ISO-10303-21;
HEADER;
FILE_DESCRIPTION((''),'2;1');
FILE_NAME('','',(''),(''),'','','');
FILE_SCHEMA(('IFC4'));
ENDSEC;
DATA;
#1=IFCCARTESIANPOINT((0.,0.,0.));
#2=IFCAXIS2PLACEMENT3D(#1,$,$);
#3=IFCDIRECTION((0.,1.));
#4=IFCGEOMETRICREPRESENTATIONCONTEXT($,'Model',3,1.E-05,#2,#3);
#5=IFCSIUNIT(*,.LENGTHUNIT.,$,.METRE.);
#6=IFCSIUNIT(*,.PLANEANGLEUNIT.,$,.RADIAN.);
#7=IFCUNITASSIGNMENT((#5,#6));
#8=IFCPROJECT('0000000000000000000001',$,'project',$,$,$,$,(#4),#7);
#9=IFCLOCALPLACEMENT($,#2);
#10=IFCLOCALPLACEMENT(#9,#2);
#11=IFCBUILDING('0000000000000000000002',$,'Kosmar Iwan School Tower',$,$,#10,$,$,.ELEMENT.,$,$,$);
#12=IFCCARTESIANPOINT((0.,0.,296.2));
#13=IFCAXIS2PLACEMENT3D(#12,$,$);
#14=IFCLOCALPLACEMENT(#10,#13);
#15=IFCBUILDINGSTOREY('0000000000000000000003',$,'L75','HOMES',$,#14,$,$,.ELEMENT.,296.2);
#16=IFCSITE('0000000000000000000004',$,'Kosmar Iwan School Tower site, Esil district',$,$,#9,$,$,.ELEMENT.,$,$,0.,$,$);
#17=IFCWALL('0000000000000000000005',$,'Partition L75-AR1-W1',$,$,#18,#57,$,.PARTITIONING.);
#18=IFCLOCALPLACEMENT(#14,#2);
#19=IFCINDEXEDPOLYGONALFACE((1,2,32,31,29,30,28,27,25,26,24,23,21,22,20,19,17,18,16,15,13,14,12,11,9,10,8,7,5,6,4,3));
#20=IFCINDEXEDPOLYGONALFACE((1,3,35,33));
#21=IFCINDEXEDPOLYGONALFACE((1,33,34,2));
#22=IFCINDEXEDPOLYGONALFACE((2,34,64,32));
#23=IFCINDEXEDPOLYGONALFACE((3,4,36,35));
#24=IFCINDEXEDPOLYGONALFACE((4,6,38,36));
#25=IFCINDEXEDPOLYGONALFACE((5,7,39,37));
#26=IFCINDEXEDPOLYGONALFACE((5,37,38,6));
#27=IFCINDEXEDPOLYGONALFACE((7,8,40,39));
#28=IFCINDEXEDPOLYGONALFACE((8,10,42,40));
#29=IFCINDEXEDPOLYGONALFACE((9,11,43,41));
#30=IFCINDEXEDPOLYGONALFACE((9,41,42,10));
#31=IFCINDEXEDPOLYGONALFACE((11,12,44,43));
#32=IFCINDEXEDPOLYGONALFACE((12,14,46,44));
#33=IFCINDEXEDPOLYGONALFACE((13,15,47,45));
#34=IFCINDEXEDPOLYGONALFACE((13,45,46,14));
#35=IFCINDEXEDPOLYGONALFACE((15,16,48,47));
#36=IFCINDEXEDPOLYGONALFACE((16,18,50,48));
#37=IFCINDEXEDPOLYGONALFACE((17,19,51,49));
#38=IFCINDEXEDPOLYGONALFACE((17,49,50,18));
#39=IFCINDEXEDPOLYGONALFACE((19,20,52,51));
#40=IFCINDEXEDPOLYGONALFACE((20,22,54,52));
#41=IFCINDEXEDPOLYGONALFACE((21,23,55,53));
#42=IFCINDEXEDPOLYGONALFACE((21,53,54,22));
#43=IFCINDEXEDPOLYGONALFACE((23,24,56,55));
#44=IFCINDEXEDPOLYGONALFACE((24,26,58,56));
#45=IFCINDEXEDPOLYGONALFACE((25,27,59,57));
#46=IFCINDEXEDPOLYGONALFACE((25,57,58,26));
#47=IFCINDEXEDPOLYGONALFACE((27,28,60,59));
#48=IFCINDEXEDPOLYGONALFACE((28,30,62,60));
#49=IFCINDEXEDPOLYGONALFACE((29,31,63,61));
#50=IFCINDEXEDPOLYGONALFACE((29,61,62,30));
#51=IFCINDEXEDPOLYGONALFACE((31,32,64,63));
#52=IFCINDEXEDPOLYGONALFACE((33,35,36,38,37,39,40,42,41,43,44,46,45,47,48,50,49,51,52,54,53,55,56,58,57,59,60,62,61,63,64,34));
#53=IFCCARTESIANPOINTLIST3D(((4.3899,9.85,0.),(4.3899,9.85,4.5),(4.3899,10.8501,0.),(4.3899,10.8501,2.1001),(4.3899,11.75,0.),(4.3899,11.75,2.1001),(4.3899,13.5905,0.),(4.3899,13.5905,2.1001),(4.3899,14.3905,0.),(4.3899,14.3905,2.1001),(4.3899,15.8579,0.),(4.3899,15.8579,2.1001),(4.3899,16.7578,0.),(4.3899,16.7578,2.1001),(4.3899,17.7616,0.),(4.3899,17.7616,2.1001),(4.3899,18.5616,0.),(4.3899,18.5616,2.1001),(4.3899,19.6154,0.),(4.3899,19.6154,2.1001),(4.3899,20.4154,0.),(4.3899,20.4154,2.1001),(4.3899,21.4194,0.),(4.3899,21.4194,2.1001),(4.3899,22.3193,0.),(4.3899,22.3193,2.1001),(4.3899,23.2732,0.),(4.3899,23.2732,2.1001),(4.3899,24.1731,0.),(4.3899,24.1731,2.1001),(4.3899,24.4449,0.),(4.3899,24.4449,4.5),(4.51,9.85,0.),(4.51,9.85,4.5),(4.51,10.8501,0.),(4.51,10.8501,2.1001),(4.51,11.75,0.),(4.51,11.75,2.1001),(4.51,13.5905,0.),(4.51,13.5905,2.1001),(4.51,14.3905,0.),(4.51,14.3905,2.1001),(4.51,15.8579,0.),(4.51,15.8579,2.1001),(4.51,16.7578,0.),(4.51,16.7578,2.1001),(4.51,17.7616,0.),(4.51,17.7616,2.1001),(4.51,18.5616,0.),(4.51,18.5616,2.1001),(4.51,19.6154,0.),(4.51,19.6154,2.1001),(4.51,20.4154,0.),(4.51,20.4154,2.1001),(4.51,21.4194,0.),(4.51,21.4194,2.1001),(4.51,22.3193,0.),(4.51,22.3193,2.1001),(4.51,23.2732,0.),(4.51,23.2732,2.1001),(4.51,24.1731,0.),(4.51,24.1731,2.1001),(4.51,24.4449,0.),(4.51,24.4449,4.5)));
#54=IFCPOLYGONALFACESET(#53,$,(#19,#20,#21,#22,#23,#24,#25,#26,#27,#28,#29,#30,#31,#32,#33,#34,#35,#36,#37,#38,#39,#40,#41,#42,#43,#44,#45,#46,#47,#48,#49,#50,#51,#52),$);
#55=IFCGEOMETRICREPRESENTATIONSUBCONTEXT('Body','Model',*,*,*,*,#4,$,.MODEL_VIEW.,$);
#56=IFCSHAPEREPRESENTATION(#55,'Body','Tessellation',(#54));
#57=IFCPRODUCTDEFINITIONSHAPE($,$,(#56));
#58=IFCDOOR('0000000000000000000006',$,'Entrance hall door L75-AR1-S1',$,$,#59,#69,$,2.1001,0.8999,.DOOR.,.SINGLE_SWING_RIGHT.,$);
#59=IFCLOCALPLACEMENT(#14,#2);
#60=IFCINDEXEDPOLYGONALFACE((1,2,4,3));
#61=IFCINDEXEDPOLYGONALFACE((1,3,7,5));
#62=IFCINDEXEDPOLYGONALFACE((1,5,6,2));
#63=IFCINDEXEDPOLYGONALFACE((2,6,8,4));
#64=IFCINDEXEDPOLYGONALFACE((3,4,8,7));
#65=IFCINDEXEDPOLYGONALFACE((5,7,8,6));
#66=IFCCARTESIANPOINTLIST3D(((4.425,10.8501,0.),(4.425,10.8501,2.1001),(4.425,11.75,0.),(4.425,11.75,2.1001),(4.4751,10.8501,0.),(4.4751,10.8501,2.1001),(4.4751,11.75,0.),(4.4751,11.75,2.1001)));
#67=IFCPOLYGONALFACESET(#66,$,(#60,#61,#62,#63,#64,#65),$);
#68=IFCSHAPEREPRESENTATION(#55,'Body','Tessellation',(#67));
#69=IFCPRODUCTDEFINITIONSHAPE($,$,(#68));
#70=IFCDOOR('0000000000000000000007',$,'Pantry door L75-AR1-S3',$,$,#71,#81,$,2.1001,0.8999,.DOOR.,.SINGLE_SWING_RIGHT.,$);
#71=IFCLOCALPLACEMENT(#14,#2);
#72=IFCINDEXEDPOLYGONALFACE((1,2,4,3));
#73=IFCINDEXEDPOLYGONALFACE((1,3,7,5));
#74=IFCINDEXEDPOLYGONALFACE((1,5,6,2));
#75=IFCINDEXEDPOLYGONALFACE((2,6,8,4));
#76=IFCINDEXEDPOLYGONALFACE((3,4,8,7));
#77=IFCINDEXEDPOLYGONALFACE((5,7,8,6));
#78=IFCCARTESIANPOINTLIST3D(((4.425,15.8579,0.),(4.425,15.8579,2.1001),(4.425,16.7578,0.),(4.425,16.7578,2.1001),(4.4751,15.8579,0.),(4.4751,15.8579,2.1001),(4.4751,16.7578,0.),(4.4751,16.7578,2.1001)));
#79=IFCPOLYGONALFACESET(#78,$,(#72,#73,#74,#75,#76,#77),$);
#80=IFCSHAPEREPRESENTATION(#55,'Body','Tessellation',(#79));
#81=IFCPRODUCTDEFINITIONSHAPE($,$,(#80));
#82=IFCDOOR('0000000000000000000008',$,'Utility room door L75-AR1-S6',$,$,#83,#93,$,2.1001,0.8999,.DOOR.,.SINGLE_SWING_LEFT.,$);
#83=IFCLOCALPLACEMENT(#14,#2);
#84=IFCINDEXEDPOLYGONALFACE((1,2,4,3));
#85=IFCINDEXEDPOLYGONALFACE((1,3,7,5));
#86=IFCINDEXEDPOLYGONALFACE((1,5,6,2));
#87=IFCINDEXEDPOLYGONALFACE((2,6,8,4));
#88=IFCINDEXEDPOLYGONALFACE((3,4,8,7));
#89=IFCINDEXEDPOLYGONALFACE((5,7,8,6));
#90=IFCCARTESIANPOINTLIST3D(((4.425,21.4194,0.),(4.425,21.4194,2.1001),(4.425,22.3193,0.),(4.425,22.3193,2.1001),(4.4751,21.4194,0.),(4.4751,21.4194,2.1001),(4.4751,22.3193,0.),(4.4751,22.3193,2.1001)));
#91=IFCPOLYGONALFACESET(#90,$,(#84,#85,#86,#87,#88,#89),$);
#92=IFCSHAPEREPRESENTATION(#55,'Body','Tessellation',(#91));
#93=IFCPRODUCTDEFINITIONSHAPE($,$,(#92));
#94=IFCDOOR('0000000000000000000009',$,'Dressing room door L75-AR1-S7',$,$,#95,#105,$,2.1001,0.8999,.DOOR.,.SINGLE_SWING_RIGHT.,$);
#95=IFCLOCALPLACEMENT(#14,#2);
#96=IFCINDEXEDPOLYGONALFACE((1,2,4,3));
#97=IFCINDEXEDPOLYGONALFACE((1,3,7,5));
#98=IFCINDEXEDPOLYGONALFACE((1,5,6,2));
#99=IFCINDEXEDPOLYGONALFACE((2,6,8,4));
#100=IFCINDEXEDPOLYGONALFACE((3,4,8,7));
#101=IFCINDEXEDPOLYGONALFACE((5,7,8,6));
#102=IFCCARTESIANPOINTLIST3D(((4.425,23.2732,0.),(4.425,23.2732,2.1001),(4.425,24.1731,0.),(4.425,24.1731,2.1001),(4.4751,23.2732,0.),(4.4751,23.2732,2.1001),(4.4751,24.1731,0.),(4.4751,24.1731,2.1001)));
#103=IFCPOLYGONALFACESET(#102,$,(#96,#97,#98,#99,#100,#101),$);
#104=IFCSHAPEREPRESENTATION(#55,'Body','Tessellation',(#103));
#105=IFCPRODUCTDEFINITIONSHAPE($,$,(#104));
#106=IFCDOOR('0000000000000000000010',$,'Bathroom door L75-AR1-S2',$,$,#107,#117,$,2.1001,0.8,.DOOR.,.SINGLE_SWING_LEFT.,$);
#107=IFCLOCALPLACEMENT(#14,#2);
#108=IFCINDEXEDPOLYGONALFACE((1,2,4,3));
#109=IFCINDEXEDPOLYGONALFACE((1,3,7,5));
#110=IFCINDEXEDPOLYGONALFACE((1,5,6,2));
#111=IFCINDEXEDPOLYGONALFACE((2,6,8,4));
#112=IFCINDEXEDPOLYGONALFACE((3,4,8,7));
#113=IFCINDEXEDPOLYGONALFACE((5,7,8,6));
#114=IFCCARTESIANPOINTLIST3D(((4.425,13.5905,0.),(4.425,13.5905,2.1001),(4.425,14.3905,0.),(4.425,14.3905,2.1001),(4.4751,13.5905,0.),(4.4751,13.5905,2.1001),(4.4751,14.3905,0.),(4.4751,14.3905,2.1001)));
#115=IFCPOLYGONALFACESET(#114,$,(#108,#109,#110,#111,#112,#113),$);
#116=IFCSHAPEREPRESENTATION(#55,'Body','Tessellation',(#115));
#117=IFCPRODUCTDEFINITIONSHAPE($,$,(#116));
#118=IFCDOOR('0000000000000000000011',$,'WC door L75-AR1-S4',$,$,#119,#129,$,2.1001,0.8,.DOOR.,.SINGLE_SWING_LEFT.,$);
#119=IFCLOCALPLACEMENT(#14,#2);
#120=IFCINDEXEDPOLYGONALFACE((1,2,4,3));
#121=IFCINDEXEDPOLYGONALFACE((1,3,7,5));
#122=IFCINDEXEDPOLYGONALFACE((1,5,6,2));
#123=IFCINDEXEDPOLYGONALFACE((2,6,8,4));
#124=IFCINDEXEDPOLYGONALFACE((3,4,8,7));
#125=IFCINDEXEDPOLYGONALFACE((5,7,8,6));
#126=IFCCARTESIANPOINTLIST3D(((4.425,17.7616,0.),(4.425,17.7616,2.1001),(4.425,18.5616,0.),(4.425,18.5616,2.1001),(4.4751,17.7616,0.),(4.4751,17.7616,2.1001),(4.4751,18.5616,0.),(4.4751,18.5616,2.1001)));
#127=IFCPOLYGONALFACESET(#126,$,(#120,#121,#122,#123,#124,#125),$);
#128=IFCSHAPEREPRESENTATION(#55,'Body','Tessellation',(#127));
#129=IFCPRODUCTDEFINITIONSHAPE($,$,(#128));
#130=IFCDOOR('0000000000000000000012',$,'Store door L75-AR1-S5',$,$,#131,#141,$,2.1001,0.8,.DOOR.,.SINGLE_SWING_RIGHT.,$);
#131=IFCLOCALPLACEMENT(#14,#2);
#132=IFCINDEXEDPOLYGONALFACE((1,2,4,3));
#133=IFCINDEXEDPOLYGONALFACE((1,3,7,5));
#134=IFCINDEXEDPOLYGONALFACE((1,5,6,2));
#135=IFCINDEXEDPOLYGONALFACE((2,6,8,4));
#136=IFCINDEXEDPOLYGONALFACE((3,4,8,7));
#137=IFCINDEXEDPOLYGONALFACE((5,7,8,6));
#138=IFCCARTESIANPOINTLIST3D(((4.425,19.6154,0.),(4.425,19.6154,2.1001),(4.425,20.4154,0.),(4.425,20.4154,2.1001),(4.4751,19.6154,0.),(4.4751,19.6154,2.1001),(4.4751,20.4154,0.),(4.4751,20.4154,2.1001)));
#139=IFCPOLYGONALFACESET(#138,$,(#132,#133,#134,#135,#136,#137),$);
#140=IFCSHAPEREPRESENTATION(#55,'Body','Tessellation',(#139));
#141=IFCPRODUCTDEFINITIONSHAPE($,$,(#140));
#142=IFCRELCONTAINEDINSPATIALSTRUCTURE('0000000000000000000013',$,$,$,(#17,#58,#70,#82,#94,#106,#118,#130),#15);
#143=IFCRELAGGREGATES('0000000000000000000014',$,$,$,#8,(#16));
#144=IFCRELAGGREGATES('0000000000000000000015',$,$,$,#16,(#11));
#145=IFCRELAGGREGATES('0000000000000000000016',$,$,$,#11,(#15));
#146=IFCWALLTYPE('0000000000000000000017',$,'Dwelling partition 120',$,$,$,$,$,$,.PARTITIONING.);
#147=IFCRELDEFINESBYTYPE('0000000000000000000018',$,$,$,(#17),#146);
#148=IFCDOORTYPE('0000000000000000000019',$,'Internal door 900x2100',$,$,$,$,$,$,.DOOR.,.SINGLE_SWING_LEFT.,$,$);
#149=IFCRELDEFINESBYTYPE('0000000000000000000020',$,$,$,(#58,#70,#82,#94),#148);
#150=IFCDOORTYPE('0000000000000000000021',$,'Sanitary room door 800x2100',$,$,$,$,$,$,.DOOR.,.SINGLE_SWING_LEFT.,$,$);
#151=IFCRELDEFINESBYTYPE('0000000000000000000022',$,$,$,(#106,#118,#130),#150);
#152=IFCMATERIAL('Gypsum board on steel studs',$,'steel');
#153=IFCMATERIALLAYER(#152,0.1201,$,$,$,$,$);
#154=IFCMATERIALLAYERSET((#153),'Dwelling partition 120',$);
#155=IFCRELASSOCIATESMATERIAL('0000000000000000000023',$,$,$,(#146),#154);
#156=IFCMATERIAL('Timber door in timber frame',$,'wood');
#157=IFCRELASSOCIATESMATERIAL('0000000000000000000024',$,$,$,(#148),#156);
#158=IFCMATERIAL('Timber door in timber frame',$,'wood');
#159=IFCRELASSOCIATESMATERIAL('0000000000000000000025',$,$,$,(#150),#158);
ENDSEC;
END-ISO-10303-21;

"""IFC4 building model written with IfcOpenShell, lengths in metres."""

from ifc_helpers import new_model, si_unit, direction, frame, frame_2d, origin, place, context, subcontext, project, spatial, rectangle, extrude, material, layer, layer_set, type_object, element, fill, save


model = new_model("IFC4")

# Units and contexts
model_context = context("Model", 3, precision=1e-05, world=origin(), true_north=direction((0.0, 1.0)))
body_context = subcontext(model_context, "Body", "Model", "MODEL_VIEW")
ifc_project = project(units=[si_unit("LENGTHUNIT", "METRE"), si_unit("PLANEANGLEUNIT", "RADIAN")], contexts=[model_context])

# Site, building, storey
site_placement = place(None, origin())
site = spatial("IfcSite", under=ifc_project, at=site_placement, Name="Kosmar Iwan School Tower site, Esil district", CompositionType="ELEMENT", RefElevation=0.0)
building_placement = place(site_placement, origin())
building = spatial("IfcBuilding", under=site, at=building_placement, Name="Kosmar Iwan School Tower", CompositionType="ELEMENT")
storey_placement = place(building_placement, frame((0.0, 0.0, 296.2)))
storey = spatial("IfcBuildingStorey", under=building, at=storey_placement, Name="L75", Description="HOMES", CompositionType="ELEMENT", Elevation=296.2)

# Wall, openings, doors
ifc_material_1 = material(Name="Gypsum board on steel studs", Category="steel")
ifc_layer_1 = layer(ifc_material_1, 0.1201)
ifc_layer_set_1 = layer_set([ifc_layer_1], Name="Dwelling partition 120")
wall_type_1 = type_object("IfcWallType", Name="Dwelling partition 120", PredefinedType="PARTITIONING", material=ifc_layer_set_1)
wall_1_placement = place(storey_placement, frame((4.45, 9.8501, 0.0), z_axis=(0.0, 0.0, 1.0), x_axis=(0.0, 1.0, 0.0)))
wall_1 = element("IfcWall", 1, at=wall_1_placement, inside=storey, type_object=wall_type_1, Name="Partition L75-AR1-W1", PredefinedType="PARTITIONING", context=body_context, shape_type="SweptSolid", body=[
    extrude(rectangle(XDim=14.595, YDim=0.1201, at=frame_2d((7.2974, 0.0))), origin(), (0.0, 0.0, 1.0), 4.5),
])
opening_1_placement = place(wall_1_placement, frame((1.0, 0.0, 0.0)))
opening_1 = element("IfcOpeningElement", 2, at=opening_1_placement, cuts=wall_1, PredefinedType="OPENING", context=body_context, shape_type="SweptSolid", body=[
    extrude(rectangle(XDim=0.8999, YDim=2.1001, at=frame_2d((0.45, 1.05))), frame((0.0, 0.072, 0.0), z_axis=(0.0, -1.0, 0.0), x_axis=(1.0, 0.0, 0.0)), (0.0, 0.0, 1.0), 0.144),
])
opening_2_placement = place(wall_1_placement, frame((3.7405, 0.0, 0.0)))
opening_2 = element("IfcOpeningElement", 3, at=opening_2_placement, cuts=wall_1, PredefinedType="OPENING", context=body_context, shape_type="SweptSolid", body=[
    extrude(rectangle(XDim=0.8, YDim=2.1001, at=frame_2d((0.3999, 1.05))), frame((0.0, 0.072, 0.0), z_axis=(0.0, -1.0, 0.0), x_axis=(1.0, 0.0, 0.0)), (0.0, 0.0, 1.0), 0.144),
])
opening_3_placement = place(wall_1_placement, frame((6.0078, 0.0, 0.0)))
opening_3 = element("IfcOpeningElement", 4, at=opening_3_placement, cuts=wall_1, PredefinedType="OPENING", context=body_context, shape_type="SweptSolid", body=[
    extrude(rectangle(XDim=0.8999, YDim=2.1001, at=frame_2d((0.45, 1.05))), frame((0.0, 0.072, 0.0), z_axis=(0.0, -1.0, 0.0), x_axis=(1.0, 0.0, 0.0)), (0.0, 0.0, 1.0), 0.144),
])
opening_4_placement = place(wall_1_placement, frame((7.9116, 0.0, 0.0)))
opening_4 = element("IfcOpeningElement", 5, at=opening_4_placement, cuts=wall_1, PredefinedType="OPENING", context=body_context, shape_type="SweptSolid", body=[
    extrude(rectangle(XDim=0.8, YDim=2.1001, at=frame_2d((0.3999, 1.05))), frame((0.0, 0.072, 0.0), z_axis=(0.0, -1.0, 0.0), x_axis=(1.0, 0.0, 0.0)), (0.0, 0.0, 1.0), 0.144),
])
opening_5_placement = place(wall_1_placement, frame((9.7654, 0.0, 0.0)))
opening_5 = element("IfcOpeningElement", 6, at=opening_5_placement, cuts=wall_1, PredefinedType="OPENING", context=body_context, shape_type="SweptSolid", body=[
    extrude(rectangle(XDim=0.8, YDim=2.1001, at=frame_2d((0.3999, 1.05))), frame((0.0, 0.072, 0.0), z_axis=(0.0, -1.0, 0.0), x_axis=(1.0, 0.0, 0.0)), (0.0, 0.0, 1.0), 0.144),
])
opening_6_placement = place(wall_1_placement, frame((11.5693, 0.0, 0.0)))
opening_6 = element("IfcOpeningElement", 7, at=opening_6_placement, cuts=wall_1, PredefinedType="OPENING", context=body_context, shape_type="SweptSolid", body=[
    extrude(rectangle(XDim=0.8999, YDim=2.1001, at=frame_2d((0.45, 1.05))), frame((0.0, 0.072, 0.0), z_axis=(0.0, -1.0, 0.0), x_axis=(1.0, 0.0, 0.0)), (0.0, 0.0, 1.0), 0.144),
])
opening_7_placement = place(wall_1_placement, frame((13.4231, 0.0, 0.0)))
opening_7 = element("IfcOpeningElement", 8, at=opening_7_placement, cuts=wall_1, PredefinedType="OPENING", context=body_context, shape_type="SweptSolid", body=[
    extrude(rectangle(XDim=0.8999, YDim=2.1001, at=frame_2d((0.45, 1.05))), frame((0.0, 0.072, 0.0), z_axis=(0.0, -1.0, 0.0), x_axis=(1.0, 0.0, 0.0)), (0.0, 0.0, 1.0), 0.144),
])
ifc_material_2 = material(Name="Timber door in timber frame", Category="wood")
door_type_1 = type_object("IfcDoorType", Name="Internal door 900x2100", OperationType="SINGLE_SWING_LEFT", PredefinedType="DOOR", material=ifc_material_2)
door_1_placement = place(opening_1_placement, origin())
door_1 = element("IfcDoor", 9, at=door_1_placement, inside=storey, type_object=door_type_1, Name="Entrance hall door L75-AR1-S1", OperationType="SINGLE_SWING_RIGHT", OverallHeight=2.1001, OverallWidth=0.8999, PredefinedType="DOOR", context=body_context, shape_type="SweptSolid", body=[
    extrude(rectangle(XDim=0.8999, YDim=2.1001, at=frame_2d((0.45, 1.05))), frame((0.0, 0.0249, 0.0), z_axis=(0.0, -1.0, 0.0), x_axis=(1.0, 0.0, 0.0)), (0.0, 0.0, 1.0), 0.05),
])
fill(opening_1, door_1)
door_2_placement = place(opening_3_placement, origin())
door_2 = element("IfcDoor", 10, at=door_2_placement, inside=storey, type_object=door_type_1, Name="Pantry door L75-AR1-S3", OperationType="SINGLE_SWING_RIGHT", OverallHeight=2.1001, OverallWidth=0.8999, PredefinedType="DOOR", context=body_context, shape_type="SweptSolid", body=[
    extrude(rectangle(XDim=0.8999, YDim=2.1001, at=frame_2d((0.45, 1.05))), frame((0.0, 0.0249, 0.0), z_axis=(0.0, -1.0, 0.0), x_axis=(1.0, 0.0, 0.0)), (0.0, 0.0, 1.0), 0.05),
])
fill(opening_3, door_2)
door_3_placement = place(opening_6_placement, origin())
door_3 = element("IfcDoor", 11, at=door_3_placement, inside=storey, type_object=door_type_1, Name="Utility room door L75-AR1-S6", OperationType="SINGLE_SWING_LEFT", OverallHeight=2.1001, OverallWidth=0.8999, PredefinedType="DOOR", context=body_context, shape_type="SweptSolid", body=[
    extrude(rectangle(XDim=0.8999, YDim=2.1001, at=frame_2d((0.45, 1.05))), frame((0.0, 0.0249, 0.0), z_axis=(0.0, -1.0, 0.0), x_axis=(1.0, 0.0, 0.0)), (0.0, 0.0, 1.0), 0.05),
])
fill(opening_6, door_3)
door_4_placement = place(opening_7_placement, origin())
door_4 = element("IfcDoor", 12, at=door_4_placement, inside=storey, type_object=door_type_1, Name="Dressing room door L75-AR1-S7", OperationType="SINGLE_SWING_RIGHT", OverallHeight=2.1001, OverallWidth=0.8999, PredefinedType="DOOR", context=body_context, shape_type="SweptSolid", body=[
    extrude(rectangle(XDim=0.8999, YDim=2.1001, at=frame_2d((0.45, 1.05))), frame((0.0, 0.0249, 0.0), z_axis=(0.0, -1.0, 0.0), x_axis=(1.0, 0.0, 0.0)), (0.0, 0.0, 1.0), 0.05),
])
fill(opening_7, door_4)
ifc_material_3 = material(Name="Timber door in timber frame", Category="wood")
door_type_2 = type_object("IfcDoorType", Name="Sanitary room door 800x2100", OperationType="SINGLE_SWING_LEFT", PredefinedType="DOOR", material=ifc_material_3)
door_5_placement = place(opening_2_placement, origin())
door_5 = element("IfcDoor", 13, at=door_5_placement, inside=storey, type_object=door_type_2, Name="Bathroom door L75-AR1-S2", OperationType="SINGLE_SWING_LEFT", OverallHeight=2.1001, OverallWidth=0.8, PredefinedType="DOOR", context=body_context, shape_type="SweptSolid", body=[
    extrude(rectangle(XDim=0.8, YDim=2.1001, at=frame_2d((0.3999, 1.05))), frame((0.0, 0.0249, 0.0), z_axis=(0.0, -1.0, 0.0), x_axis=(1.0, 0.0, 0.0)), (0.0, 0.0, 1.0), 0.05),
])
fill(opening_2, door_5)
door_6_placement = place(opening_4_placement, origin())
door_6 = element("IfcDoor", 14, at=door_6_placement, inside=storey, type_object=door_type_2, Name="WC door L75-AR1-S4", OperationType="SINGLE_SWING_LEFT", OverallHeight=2.1001, OverallWidth=0.8, PredefinedType="DOOR", context=body_context, shape_type="SweptSolid", body=[
    extrude(rectangle(XDim=0.8, YDim=2.1001, at=frame_2d((0.3999, 1.05))), frame((0.0, 0.0249, 0.0), z_axis=(0.0, -1.0, 0.0), x_axis=(1.0, 0.0, 0.0)), (0.0, 0.0, 1.0), 0.05),
])
fill(opening_4, door_6)
door_7_placement = place(opening_5_placement, origin())
door_7 = element("IfcDoor", 15, at=door_7_placement, inside=storey, type_object=door_type_2, Name="Store door L75-AR1-S5", OperationType="SINGLE_SWING_RIGHT", OverallHeight=2.1001, OverallWidth=0.8, PredefinedType="DOOR", context=body_context, shape_type="SweptSolid", body=[
    extrude(rectangle(XDim=0.8, YDim=2.1001, at=frame_2d((0.3999, 1.05))), frame((0.0, 0.0249, 0.0), z_axis=(0.0, -1.0, 0.0), x_axis=(1.0, 0.0, 0.0)), (0.0, 0.0, 1.0), 0.05),
])
fill(opening_5, door_7)

save(model, "model.ifc")
